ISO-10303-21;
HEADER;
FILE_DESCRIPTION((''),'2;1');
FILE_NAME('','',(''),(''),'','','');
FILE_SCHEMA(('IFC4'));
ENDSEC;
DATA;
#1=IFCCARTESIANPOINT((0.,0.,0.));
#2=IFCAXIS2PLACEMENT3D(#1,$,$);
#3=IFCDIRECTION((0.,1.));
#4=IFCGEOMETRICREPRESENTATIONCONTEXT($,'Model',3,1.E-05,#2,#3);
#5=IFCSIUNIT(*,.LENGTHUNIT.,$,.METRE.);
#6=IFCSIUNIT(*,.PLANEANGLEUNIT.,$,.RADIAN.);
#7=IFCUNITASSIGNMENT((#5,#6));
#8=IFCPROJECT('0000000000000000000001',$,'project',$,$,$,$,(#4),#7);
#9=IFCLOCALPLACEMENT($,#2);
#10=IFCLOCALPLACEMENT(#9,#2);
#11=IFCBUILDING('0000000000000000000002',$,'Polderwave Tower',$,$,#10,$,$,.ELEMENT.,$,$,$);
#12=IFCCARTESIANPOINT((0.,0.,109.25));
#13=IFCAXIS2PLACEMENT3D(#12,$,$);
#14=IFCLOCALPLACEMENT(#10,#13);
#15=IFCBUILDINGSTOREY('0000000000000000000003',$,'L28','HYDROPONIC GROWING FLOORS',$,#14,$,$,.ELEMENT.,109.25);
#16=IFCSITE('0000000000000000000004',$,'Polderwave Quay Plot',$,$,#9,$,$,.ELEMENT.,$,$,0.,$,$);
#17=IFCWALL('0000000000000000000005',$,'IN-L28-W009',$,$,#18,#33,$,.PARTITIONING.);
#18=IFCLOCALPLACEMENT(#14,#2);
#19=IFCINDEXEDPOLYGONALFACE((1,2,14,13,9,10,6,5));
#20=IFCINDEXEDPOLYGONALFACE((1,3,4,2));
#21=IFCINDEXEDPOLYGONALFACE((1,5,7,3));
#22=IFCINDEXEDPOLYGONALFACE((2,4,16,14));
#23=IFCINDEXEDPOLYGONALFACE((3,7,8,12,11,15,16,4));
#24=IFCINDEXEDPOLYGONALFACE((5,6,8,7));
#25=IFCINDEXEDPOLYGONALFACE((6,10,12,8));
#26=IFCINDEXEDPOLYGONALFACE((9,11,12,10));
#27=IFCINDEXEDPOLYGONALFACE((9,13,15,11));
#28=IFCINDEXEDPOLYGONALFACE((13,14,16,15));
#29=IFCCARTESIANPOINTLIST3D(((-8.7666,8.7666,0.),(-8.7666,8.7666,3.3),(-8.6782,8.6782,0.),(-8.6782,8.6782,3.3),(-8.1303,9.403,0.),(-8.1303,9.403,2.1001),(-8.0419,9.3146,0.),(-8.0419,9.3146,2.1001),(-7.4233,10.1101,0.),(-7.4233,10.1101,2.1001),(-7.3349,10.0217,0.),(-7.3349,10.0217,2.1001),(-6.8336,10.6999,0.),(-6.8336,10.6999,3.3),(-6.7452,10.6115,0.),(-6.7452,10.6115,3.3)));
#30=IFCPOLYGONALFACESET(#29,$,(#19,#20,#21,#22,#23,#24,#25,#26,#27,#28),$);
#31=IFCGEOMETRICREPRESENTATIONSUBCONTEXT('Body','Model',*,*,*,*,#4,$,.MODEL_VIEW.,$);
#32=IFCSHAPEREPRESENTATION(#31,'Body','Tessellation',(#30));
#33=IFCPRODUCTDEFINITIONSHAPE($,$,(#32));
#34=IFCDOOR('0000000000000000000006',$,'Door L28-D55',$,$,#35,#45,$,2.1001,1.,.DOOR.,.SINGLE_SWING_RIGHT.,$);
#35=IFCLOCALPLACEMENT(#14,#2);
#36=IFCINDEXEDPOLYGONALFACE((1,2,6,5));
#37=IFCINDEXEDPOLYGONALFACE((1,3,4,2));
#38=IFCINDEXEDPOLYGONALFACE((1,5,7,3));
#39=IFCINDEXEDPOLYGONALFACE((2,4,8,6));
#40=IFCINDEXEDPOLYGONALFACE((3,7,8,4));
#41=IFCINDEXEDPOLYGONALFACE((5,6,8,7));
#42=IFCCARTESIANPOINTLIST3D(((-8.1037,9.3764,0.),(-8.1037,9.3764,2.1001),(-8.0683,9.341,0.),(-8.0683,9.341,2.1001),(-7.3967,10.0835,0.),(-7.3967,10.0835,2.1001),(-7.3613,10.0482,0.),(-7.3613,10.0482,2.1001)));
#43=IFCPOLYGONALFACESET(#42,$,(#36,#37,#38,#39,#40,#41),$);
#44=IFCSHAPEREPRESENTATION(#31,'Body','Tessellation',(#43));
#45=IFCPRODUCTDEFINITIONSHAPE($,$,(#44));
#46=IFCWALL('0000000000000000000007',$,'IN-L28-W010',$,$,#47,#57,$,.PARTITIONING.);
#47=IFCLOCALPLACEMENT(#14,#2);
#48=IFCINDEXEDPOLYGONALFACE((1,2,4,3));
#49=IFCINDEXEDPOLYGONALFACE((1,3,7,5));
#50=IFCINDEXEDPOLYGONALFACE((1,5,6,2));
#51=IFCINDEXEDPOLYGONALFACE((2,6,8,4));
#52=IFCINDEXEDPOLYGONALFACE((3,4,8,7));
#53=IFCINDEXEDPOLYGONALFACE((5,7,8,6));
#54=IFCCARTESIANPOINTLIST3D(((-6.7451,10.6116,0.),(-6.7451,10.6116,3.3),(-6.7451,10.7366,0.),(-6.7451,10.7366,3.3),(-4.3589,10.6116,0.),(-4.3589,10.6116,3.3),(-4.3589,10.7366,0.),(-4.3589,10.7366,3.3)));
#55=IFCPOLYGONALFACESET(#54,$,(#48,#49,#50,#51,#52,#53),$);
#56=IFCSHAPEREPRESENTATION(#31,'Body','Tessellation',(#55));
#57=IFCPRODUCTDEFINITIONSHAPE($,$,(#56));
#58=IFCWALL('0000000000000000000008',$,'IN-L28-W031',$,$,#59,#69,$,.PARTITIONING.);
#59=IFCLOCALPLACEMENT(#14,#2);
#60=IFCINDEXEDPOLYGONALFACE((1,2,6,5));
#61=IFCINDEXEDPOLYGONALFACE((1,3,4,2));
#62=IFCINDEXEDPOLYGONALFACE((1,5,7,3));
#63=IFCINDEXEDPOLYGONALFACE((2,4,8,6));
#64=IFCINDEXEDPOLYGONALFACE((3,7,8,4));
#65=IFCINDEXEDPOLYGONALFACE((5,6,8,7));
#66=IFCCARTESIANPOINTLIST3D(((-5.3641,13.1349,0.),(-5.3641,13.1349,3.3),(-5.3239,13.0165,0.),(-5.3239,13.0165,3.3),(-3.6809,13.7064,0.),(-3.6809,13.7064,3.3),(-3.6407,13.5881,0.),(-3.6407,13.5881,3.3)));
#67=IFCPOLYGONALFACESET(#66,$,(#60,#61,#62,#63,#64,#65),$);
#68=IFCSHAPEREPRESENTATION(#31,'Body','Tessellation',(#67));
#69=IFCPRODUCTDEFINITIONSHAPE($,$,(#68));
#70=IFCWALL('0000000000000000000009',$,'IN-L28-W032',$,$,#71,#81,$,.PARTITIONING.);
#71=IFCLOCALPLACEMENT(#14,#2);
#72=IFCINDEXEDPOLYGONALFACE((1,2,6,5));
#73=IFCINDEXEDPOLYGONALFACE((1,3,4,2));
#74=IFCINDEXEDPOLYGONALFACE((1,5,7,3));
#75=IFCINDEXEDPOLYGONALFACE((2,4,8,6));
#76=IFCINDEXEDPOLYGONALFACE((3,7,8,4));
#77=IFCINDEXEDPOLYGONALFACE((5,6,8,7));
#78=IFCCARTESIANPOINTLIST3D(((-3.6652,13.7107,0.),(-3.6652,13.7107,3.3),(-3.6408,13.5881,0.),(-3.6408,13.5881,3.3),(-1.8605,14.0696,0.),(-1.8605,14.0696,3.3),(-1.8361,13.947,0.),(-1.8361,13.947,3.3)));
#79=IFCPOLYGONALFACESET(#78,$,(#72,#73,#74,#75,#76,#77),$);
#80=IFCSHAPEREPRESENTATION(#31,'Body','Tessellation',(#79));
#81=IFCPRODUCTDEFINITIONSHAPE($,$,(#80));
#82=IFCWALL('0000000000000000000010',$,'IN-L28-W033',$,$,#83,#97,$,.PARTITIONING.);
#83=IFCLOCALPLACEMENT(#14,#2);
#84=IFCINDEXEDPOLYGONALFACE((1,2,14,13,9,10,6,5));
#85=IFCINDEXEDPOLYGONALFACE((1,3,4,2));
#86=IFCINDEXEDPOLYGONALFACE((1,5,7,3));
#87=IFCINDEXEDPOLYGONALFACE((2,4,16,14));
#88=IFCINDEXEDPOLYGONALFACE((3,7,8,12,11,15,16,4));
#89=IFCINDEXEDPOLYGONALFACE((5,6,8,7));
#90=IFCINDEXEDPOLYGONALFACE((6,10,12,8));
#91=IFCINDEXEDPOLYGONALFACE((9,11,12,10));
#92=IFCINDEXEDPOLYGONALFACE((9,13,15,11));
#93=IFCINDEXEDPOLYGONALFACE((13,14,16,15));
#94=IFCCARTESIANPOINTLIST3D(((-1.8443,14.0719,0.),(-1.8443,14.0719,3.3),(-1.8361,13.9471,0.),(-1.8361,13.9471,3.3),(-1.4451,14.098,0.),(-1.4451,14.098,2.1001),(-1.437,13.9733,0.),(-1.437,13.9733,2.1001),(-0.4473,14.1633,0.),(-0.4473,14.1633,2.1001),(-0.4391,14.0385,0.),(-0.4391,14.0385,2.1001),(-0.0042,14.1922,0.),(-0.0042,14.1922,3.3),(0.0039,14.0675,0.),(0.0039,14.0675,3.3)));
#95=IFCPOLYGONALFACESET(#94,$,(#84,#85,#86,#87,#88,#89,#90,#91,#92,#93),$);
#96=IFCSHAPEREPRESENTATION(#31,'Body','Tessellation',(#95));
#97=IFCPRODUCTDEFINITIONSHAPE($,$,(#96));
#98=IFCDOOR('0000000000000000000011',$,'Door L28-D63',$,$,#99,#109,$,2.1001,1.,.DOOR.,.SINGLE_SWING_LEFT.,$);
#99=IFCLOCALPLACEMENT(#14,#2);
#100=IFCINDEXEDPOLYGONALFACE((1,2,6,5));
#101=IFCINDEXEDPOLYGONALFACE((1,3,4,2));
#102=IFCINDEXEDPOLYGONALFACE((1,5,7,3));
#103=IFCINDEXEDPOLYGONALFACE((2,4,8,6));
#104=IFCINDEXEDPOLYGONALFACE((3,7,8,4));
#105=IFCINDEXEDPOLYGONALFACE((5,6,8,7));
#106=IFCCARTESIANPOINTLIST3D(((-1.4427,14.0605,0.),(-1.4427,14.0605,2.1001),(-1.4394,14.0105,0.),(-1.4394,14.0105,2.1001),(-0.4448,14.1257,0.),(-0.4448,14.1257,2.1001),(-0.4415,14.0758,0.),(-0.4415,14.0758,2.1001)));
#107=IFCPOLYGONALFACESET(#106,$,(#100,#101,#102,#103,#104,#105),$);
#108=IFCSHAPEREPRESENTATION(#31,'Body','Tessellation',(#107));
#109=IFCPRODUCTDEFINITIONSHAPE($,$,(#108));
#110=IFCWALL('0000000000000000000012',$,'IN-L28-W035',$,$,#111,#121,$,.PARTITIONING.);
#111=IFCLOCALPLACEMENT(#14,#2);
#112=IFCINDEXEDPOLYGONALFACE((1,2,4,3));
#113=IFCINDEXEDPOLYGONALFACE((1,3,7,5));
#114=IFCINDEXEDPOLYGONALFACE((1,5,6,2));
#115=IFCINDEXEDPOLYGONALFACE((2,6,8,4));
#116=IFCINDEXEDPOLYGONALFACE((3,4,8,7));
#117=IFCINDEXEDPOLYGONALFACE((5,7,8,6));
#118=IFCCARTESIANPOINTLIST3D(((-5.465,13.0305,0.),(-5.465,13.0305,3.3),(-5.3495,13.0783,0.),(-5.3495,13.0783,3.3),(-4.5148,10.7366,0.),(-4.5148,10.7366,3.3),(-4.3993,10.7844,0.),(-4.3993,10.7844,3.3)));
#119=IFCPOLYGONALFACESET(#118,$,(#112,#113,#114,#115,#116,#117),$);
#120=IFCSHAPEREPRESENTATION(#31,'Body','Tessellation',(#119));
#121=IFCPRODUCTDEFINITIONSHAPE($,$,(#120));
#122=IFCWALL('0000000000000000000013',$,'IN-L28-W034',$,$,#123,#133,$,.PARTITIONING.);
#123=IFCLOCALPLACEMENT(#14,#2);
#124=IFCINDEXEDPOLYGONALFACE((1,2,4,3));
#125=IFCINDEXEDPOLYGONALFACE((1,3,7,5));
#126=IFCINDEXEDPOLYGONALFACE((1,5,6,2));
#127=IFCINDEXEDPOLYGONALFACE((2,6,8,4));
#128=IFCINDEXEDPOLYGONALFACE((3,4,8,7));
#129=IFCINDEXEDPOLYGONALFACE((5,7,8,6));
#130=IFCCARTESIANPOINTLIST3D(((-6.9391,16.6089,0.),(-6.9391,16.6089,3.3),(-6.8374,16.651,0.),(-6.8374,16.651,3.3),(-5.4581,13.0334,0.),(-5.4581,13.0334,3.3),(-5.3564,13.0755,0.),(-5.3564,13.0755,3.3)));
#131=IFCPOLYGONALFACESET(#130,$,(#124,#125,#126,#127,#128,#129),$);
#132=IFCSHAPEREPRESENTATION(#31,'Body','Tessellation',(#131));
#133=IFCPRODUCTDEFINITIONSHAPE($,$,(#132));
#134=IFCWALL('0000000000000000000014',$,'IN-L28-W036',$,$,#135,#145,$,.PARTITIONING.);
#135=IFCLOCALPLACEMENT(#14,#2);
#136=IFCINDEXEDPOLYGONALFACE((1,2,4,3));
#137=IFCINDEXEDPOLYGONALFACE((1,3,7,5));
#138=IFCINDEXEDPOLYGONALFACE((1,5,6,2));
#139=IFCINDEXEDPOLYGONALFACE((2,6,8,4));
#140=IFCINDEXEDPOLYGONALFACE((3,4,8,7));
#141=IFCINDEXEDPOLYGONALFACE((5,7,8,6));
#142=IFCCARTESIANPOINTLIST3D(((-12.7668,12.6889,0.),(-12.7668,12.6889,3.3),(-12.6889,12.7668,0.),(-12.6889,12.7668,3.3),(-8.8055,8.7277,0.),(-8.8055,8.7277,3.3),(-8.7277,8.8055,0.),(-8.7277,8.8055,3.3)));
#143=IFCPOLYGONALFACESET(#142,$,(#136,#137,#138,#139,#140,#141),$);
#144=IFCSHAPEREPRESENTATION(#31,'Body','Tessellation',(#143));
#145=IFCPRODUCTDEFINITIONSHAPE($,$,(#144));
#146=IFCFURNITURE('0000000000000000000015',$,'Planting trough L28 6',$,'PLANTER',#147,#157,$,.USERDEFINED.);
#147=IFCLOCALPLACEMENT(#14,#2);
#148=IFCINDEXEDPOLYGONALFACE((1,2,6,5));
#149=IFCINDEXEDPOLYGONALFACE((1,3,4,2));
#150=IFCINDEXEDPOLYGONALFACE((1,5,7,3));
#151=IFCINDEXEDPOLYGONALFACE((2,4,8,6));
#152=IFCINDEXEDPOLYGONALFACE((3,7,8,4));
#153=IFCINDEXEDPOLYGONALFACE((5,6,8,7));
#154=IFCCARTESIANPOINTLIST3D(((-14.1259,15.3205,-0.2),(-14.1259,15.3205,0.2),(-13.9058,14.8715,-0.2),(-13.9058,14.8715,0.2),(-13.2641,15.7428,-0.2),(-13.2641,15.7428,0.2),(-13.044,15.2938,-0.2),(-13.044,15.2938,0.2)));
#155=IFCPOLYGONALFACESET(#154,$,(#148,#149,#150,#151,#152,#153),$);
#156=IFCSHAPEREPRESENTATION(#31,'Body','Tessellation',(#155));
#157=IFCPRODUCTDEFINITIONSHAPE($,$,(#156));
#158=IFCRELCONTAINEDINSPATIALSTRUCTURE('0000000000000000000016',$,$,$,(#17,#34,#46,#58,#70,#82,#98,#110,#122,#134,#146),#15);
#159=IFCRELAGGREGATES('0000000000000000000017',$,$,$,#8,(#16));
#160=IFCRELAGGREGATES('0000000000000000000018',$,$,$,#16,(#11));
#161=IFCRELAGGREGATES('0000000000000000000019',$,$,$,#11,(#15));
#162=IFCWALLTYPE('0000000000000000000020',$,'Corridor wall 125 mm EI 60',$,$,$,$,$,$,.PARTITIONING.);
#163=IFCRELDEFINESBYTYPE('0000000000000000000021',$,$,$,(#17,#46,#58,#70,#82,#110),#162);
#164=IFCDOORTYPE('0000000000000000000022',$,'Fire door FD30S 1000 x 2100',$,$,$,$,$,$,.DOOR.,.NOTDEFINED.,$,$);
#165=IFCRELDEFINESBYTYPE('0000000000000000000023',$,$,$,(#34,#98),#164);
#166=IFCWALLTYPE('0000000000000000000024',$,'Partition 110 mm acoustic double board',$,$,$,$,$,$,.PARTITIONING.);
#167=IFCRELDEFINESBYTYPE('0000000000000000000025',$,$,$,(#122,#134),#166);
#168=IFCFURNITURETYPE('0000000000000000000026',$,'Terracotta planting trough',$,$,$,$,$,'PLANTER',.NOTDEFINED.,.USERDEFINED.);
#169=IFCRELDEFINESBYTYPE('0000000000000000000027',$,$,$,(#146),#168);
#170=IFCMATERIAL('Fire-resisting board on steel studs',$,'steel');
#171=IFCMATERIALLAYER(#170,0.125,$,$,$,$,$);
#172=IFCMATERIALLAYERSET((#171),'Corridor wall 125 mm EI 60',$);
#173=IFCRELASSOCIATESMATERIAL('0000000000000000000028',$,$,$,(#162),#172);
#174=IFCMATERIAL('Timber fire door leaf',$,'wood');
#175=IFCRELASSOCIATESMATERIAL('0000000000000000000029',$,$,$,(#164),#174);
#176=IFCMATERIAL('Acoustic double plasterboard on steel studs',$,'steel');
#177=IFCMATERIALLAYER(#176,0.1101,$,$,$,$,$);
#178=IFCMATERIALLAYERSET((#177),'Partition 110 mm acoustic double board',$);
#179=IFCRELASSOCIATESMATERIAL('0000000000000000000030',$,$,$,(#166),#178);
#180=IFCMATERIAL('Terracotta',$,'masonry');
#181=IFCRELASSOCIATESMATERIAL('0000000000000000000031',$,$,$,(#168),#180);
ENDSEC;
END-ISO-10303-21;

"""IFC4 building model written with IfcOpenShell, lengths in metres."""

from ifc_helpers import new_model, si_unit, direction, frame, frame_2d, origin, origin_2d, place, context, subcontext, project, spatial, rectangle, extrude, material, layer, layer_set, type_object, element, fill, save


model = new_model("IFC4")

# Units and contexts
model_context = context("Model", 3, precision=1e-05, world=origin(), true_north=direction((0.0, 1.0)))
body_context = subcontext(model_context, "Body", "Model", "MODEL_VIEW")
ifc_project = project(units=[si_unit("LENGTHUNIT", "METRE"), si_unit("PLANEANGLEUNIT", "RADIAN")], contexts=[model_context])

# Site, building, storey
site_placement = place(None, origin())
site = spatial("IfcSite", under=ifc_project, at=site_placement, Name="Polderwave Quay Plot", CompositionType="ELEMENT", RefElevation=0.0)
building_placement = place(site_placement, origin())
building = spatial("IfcBuilding", under=site, at=building_placement, Name="Polderwave Tower", CompositionType="ELEMENT")
storey_placement = place(building_placement, frame((0.0, 0.0, 109.25)))
storey = spatial("IfcBuildingStorey", under=building, at=storey_placement, Name="L28", Description="HYDROPONIC GROWING FLOORS", CompositionType="ELEMENT", Elevation=109.25)

# Wall, opening, door
ifc_material_1 = material(Name="Fire-resisting board on steel studs", Category="steel")
ifc_layer_1 = layer(ifc_material_1, 0.125)
ifc_layer_set_1 = layer_set([ifc_layer_1], Name="Corridor wall 125 mm EI 60")
wall_type_1 = type_object("IfcWallType", Name="Corridor wall 125 mm EI 60", PredefinedType="PARTITIONING", material=ifc_layer_set_1)
wall_1_placement = place(storey_placement, frame((-8.7224, 8.7224, 0.0), z_axis=(0.0, 0.0, 1.0), x_axis=(0.707062, 0.707151, 0.0)))
wall_1 = element("IfcWall", 1, at=wall_1_placement, inside=storey, type_object=wall_type_1, Name="IN-L28-W009", PredefinedType="PARTITIONING", context=body_context, shape_type="SweptSolid", body=[
    extrude(rectangle(XDim=2.7339, YDim=0.125, at=frame_2d((1.3669, 0.0))), origin(), (0.0, 0.0, 1.0), 3.3),
])
opening_1_placement = place(wall_1_placement, frame((0.8999, 0.0, 0.0)))
opening_1 = element("IfcOpeningElement", 2, at=opening_1_placement, cuts=wall_1, PredefinedType="OPENING", context=body_context, shape_type="SweptSolid", body=[
    extrude(rectangle(XDim=1.0, YDim=2.1001, at=frame_2d((0.5, 1.05))), frame((0.0, 0.0725, 0.0), z_axis=(0.0, -1.0, 0.0), x_axis=(1.0, 0.0, 0.0)), (0.0, 0.0, 1.0), 0.145),
])
ifc_material_2 = material(Name="Timber fire door leaf", Category="wood")
door_type = type_object("IfcDoorType", Name="Fire door FD30S 1000 x 2100", OperationType="NOTDEFINED", PredefinedType="DOOR", material=ifc_material_2)
door_1_placement = place(opening_1_placement, origin())
door_1 = element("IfcDoor", 3, at=door_1_placement, inside=storey, type_object=door_type, Name="Door L28-D55", OperationType="SINGLE_SWING_RIGHT", OverallHeight=2.1001, OverallWidth=1.0, PredefinedType="DOOR", context=body_context, shape_type="SweptSolid", body=[
    extrude(rectangle(XDim=1.0, YDim=2.1001, at=frame_2d((0.5, 1.05))), frame((0.0, 0.0249, 0.0), z_axis=(0.0, -1.0, 0.0), x_axis=(1.0, 0.0, 0.0)), (0.0, 0.0, 1.0), 0.05),
])
fill(opening_1, door_1)

# Walls
wall_2_placement = place(storey_placement, frame((-6.7451, 10.6741, 0.0), z_axis=(0.0, 0.0, 1.0), x_axis=(1.0, 0.0, 0.0)))
element("IfcWall", 4, at=wall_2_placement, inside=storey, type_object=wall_type_1, Name="IN-L28-W010", PredefinedType="PARTITIONING", context=body_context, shape_type="SweptSolid", body=[
    extrude(rectangle(XDim=2.3862, YDim=0.125, at=frame_2d((1.1931, 0.0))), origin(), (0.0, 0.0, 1.0), 3.3),
])
wall_3_placement = place(storey_placement, frame((-3.6609, 13.6472, 0.0), z_axis=(0.0, 0.0, 1.0), x_axis=(-0.946897, -0.321538, 0.0)))
element("IfcWall", 5, at=wall_3_placement, inside=storey, type_object=wall_type_1, Name="IN-L28-W031", PredefinedType="PARTITIONING", context=body_context, shape_type="SweptSolid", body=[
    extrude(rectangle(XDim=1.7776, YDim=0.125, at=frame_2d((0.8887, 0.0))), origin(), (0.0, 0.0, 1.0), 3.3),
])
wall_4_placement = place(storey_placement, frame((-1.8484, 14.0083, 0.0), z_axis=(0.0, 0.0, 1.0), x_axis=(-0.980794, -0.195044, 0.0)))
element("IfcWall", 6, at=wall_4_placement, inside=storey, type_object=wall_type_1, Name="IN-L28-W032", PredefinedType="PARTITIONING", context=body_context, shape_type="SweptSolid", body=[
    extrude(rectangle(XDim=1.8401, YDim=0.125, at=frame_2d((0.9199, 0.0))), origin(), (0.0, 0.0, 1.0), 3.3),
])

# Wall, opening, door
wall_5_placement = place(storey_placement, frame((-1.8401, 14.0095, 0.0), z_axis=(0.0, 0.0, 1.0), x_axis=(0.997868, 0.065271, 0.0)))
wall_5 = element("IfcWall", 7, at=wall_5_placement, inside=storey, type_object=wall_type_1, Name="IN-L28-W033", PredefinedType="PARTITIONING", context=body_context, shape_type="SweptSolid", body=[
    extrude(rectangle(XDim=1.844, YDim=0.125, at=frame_2d((0.9219, 0.0))), origin(), (0.0, 0.0, 1.0), 3.3),
])
opening_2_placement = place(wall_5_placement, frame((0.3999, 0.0, 0.0)))
opening_2 = element("IfcOpeningElement", 8, at=opening_2_placement, cuts=wall_5, PredefinedType="OPENING", context=body_context, shape_type="SweptSolid", body=[
    extrude(rectangle(XDim=1.0, YDim=2.1001, at=frame_2d((0.5, 1.05))), frame((0.0, 0.0725, 0.0), z_axis=(0.0, -1.0, 0.0), x_axis=(1.0, 0.0, 0.0)), (0.0, 0.0, 1.0), 0.145),
])
door_2_placement = place(opening_2_placement, origin())
door_2 = element("IfcDoor", 9, at=door_2_placement, inside=storey, type_object=door_type, Name="Door L28-D63", OperationType="SINGLE_SWING_LEFT", OverallHeight=2.1001, OverallWidth=1.0, PredefinedType="DOOR", context=body_context, shape_type="SweptSolid", body=[
    extrude(rectangle(XDim=1.0, YDim=2.1001, at=frame_2d((0.5, 1.05))), frame((0.0, 0.0249, 0.0), z_axis=(0.0, -1.0, 0.0), x_axis=(1.0, 0.0, 0.0)), (0.0, 0.0, 1.0), 0.05),
])
fill(opening_2, door_2)

# Walls
wall_6_placement = place(storey_placement, frame((-4.457, 10.7605, 0.0), z_axis=(0.0, 0.0, 1.0), x_axis=(-0.382688, 0.923878, 0.0)))
element("IfcWall", 10, at=wall_6_placement, inside=storey, type_object=wall_type_1, Name="IN-L28-W035", PredefinedType="PARTITIONING", context=body_context, shape_type="SweptSolid", body=[
    extrude(rectangle(XDim=2.4829, YDim=0.125, at=frame_2d((1.2415, 0.0))), origin(), (0.0, 0.0, 1.0), 3.3),
])
ifc_material_3 = material(Name="Acoustic double plasterboard on steel studs", Category="steel")
ifc_layer_2 = layer(ifc_material_3, 0.1101)
ifc_layer_set_2 = layer_set([ifc_layer_2], Name="Partition 110 mm acoustic double board")
wall_type_2 = type_object("IfcWallType", Name="Partition 110 mm acoustic double board", PredefinedType="PARTITIONING", material=ifc_layer_set_2)
wall_7_placement = place(storey_placement, frame((-5.4072, 13.0544, 0.0), z_axis=(0.0, 0.0, 1.0), x_axis=(-0.382675, 0.923883, 0.0)))
element("IfcWall", 11, at=wall_7_placement, inside=storey, type_object=wall_type_2, Name="IN-L28-W034", PredefinedType="PARTITIONING", context=body_context, shape_type="SweptSolid", body=[
    extrude(rectangle(XDim=3.8701, YDim=0.1101, at=frame_2d((1.9351, 0.0))), origin(), (0.0, 0.0, 1.0), 3.3),
])
wall_8_placement = place(storey_placement, frame((-8.7666, 8.7666, 0.0), z_axis=(0.0, 0.0, 1.0), x_axis=(-0.707107, 0.707107, 0.0)))
element("IfcWall", 12, at=wall_8_placement, inside=storey, type_object=wall_type_2, Name="IN-L28-W036", PredefinedType="PARTITIONING", context=body_context, shape_type="SweptSolid", body=[
    extrude(rectangle(XDim=5.6021, YDim=0.1101, at=frame_2d((2.801, 0.0))), origin(), (0.0, 0.0, 1.0), 3.3),
])

# Furniture
ifc_material_4 = material(Name="Terracotta", Category="masonry")
furniture_type = type_object("IfcFurnitureType", Name="Terracotta planting trough", ElementType="PLANTER", AssemblyPlace="NOTDEFINED", PredefinedType="USERDEFINED", material=ifc_material_4)
furniture_placement = place(storey_placement, frame((-13.585, 15.3071, -0.2), z_axis=(0.0, 0.0, 1.0), x_axis=(-0.897969, -0.440058, 0.0)))
element("IfcFurniture", 13, at=furniture_placement, inside=storey, type_object=furniture_type, Name="Planting trough L28 6", ObjectType="PLANTER", PredefinedType="USERDEFINED", context=body_context, shape_type="SweptSolid", body=[
    extrude(rectangle(XDim=0.9597, YDim=0.5, at=origin_2d()), origin(), (0.0, 0.0, 1.0), 0.3999),
])

save(model, "model.ifc")
